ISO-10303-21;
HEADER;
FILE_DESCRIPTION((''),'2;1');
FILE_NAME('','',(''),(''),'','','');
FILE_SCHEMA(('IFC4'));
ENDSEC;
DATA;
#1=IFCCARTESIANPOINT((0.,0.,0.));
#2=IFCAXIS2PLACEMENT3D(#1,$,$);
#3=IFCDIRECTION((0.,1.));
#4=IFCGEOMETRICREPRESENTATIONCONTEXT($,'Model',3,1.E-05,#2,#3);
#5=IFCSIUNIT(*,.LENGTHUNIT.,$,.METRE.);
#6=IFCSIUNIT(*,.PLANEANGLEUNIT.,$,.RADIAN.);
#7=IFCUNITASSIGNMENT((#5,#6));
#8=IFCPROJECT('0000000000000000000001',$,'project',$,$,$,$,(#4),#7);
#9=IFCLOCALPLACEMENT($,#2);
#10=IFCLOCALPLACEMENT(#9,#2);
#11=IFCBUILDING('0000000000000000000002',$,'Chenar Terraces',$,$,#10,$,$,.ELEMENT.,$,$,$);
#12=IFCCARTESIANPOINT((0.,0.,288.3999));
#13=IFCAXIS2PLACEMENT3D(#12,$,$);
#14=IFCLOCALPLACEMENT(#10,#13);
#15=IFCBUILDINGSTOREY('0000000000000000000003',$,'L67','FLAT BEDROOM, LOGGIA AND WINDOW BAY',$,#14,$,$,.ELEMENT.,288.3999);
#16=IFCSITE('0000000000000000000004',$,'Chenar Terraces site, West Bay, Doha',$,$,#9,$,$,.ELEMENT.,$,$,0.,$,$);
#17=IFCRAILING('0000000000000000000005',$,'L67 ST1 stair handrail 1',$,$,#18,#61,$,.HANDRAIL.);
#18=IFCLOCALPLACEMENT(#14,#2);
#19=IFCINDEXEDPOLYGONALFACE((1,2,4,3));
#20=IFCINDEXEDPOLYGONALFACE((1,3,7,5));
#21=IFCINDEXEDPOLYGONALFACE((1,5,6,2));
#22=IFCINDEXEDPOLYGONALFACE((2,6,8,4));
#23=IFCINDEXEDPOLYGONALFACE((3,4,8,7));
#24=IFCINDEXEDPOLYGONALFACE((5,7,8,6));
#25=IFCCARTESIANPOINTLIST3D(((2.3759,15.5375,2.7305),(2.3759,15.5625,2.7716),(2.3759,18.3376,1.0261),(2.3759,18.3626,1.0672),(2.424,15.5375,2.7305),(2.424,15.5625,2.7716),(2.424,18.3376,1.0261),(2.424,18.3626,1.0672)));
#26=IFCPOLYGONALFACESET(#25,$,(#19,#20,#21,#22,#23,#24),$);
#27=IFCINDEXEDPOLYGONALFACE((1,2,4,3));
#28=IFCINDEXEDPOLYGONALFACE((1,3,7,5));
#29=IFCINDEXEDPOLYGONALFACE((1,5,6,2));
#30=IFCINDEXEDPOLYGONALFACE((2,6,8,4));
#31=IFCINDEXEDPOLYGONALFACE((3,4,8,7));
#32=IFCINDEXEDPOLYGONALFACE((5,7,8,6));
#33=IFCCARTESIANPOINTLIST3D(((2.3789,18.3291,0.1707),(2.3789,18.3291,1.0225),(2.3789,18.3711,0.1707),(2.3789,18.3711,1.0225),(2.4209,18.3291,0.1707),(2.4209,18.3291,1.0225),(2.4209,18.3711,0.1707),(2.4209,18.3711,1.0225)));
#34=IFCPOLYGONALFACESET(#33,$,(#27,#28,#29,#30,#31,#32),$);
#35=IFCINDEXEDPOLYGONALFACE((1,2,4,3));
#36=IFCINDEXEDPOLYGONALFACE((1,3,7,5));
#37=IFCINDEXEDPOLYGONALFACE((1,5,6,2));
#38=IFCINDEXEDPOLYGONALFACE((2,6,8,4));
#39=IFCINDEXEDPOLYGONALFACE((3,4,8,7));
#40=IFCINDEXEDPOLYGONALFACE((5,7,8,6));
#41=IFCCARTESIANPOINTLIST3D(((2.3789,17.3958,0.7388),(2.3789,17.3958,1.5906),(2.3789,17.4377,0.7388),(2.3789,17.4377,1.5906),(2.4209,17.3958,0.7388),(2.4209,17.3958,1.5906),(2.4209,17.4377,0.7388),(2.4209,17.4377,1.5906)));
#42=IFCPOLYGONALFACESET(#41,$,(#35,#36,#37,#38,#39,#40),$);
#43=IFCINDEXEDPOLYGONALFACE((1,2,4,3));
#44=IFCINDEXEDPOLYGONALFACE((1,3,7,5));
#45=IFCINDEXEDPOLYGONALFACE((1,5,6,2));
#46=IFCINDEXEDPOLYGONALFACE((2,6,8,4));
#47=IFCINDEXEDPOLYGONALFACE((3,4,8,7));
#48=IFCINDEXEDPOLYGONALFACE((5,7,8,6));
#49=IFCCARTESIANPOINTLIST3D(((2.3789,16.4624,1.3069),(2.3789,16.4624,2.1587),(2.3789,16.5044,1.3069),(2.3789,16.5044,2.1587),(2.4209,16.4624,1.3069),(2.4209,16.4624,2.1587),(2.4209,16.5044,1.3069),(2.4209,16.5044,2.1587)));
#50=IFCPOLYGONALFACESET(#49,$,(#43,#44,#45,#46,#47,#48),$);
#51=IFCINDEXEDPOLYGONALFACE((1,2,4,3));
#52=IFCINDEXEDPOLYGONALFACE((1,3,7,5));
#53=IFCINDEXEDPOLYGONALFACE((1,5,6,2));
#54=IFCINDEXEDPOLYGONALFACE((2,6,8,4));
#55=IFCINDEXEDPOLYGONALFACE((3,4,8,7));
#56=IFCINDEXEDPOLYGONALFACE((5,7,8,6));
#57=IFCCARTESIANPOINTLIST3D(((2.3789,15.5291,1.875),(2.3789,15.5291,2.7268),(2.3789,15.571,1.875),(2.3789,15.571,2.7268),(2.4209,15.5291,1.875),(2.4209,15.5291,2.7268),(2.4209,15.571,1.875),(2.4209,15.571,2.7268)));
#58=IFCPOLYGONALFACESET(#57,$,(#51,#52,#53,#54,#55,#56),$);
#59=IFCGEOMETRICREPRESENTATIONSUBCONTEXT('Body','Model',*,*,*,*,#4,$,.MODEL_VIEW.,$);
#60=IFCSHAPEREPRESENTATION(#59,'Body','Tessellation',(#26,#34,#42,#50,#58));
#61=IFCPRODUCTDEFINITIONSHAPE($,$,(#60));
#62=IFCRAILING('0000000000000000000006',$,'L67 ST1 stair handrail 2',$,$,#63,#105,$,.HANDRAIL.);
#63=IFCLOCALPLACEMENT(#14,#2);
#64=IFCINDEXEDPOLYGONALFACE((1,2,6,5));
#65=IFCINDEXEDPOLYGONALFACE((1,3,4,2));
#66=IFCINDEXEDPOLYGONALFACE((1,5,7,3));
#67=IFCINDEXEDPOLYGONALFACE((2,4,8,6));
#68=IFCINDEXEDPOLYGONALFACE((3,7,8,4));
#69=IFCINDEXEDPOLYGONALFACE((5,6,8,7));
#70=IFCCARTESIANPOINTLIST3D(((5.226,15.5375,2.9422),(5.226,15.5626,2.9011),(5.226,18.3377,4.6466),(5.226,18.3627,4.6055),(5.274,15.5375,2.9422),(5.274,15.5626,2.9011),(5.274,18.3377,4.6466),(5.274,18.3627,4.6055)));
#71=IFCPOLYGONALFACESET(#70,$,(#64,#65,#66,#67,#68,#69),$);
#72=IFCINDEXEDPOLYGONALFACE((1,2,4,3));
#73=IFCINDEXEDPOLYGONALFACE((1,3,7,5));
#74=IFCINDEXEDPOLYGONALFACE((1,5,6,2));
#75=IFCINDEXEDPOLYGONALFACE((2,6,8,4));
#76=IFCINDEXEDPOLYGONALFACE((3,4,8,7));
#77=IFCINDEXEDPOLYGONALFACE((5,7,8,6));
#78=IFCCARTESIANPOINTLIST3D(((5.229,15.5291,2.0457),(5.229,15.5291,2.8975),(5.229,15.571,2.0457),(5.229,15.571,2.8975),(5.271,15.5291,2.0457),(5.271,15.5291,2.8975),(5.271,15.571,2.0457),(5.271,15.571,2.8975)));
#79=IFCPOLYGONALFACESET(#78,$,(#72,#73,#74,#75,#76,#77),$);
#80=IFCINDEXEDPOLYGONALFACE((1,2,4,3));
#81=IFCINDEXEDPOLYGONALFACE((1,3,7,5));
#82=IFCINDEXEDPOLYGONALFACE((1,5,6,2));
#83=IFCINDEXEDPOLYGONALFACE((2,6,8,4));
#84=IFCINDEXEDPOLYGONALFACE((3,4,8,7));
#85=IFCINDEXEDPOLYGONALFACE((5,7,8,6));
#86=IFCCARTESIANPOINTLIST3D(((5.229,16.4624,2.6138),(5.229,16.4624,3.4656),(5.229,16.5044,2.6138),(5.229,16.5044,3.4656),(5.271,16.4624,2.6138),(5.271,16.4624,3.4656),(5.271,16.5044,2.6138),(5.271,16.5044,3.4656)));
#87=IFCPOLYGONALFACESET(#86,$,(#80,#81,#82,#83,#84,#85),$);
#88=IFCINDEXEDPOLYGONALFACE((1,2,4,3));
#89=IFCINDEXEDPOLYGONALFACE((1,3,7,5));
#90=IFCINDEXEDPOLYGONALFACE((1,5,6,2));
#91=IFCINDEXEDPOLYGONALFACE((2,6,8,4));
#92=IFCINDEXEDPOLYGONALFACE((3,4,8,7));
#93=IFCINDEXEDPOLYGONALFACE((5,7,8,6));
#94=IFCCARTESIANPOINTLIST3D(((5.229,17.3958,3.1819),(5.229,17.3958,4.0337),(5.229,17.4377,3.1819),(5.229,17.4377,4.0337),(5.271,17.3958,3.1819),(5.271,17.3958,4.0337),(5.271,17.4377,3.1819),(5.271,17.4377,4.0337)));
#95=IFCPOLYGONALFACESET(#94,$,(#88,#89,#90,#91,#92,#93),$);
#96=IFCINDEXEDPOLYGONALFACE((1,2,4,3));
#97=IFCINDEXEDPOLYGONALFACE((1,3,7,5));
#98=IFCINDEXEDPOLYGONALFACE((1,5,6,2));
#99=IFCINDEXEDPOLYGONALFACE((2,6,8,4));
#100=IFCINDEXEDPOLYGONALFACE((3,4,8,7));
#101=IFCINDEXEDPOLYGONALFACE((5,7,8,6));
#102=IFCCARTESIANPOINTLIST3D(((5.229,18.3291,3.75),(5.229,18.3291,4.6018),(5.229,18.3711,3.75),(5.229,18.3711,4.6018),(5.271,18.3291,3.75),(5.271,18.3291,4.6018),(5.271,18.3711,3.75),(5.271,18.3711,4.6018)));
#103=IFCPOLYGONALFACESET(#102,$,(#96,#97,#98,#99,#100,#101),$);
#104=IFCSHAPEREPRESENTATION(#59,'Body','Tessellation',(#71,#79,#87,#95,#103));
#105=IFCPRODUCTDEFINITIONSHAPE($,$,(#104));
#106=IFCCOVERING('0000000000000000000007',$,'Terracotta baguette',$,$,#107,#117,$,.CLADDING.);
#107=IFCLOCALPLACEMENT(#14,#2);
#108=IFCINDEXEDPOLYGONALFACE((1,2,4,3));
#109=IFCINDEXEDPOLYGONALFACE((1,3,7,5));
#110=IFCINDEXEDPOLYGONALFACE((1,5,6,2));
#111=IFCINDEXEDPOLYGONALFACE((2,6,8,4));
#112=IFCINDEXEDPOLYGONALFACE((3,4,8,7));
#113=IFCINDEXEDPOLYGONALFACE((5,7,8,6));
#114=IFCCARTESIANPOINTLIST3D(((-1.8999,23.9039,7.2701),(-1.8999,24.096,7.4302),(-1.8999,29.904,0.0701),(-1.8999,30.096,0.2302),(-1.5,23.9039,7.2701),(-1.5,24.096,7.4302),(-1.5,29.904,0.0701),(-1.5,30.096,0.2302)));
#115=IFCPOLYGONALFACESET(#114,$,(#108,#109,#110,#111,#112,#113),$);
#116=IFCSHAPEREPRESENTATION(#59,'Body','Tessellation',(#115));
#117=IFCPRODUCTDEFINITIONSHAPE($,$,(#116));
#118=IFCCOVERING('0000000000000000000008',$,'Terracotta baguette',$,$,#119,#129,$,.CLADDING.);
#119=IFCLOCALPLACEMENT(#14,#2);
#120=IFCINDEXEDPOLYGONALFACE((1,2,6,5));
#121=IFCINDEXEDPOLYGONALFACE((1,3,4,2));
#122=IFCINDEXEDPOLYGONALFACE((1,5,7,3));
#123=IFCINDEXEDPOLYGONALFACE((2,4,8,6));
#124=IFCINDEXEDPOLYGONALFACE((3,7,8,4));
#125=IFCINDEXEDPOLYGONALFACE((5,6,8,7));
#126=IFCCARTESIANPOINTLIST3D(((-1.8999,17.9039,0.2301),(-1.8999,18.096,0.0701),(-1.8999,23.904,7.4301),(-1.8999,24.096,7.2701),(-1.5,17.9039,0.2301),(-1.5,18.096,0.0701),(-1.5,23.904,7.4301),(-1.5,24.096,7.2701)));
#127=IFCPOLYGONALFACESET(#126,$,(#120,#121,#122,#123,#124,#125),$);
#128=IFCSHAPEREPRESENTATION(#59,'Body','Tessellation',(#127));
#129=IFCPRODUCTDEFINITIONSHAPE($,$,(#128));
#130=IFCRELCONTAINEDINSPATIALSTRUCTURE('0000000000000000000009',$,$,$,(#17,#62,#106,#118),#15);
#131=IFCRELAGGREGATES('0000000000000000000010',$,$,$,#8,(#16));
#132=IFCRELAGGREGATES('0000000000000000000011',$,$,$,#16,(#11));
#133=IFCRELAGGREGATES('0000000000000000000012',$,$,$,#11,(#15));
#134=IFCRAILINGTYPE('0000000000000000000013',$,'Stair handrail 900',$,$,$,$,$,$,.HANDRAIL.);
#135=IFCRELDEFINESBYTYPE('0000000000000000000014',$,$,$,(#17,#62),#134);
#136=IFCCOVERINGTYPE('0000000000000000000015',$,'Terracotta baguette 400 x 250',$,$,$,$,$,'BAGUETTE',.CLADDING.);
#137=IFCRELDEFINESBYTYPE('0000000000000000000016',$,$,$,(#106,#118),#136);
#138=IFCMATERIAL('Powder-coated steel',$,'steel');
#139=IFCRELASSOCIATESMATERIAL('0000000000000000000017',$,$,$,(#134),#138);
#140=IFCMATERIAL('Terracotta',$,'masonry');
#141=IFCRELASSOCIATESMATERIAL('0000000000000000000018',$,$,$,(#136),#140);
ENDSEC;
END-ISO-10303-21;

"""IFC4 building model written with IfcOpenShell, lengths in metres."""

from ifc_helpers import new_model, si_unit, direction, frame, origin, origin_2d, place, context, subcontext, project, spatial, rectangle, extrude, material, material_profile, profile_set, type_object, element, save


model = new_model("IFC4")

# Units and contexts
model_context = context("Model", 3, precision=1e-05, world=origin(), true_north=direction((0.0, 1.0)))
body_context = subcontext(model_context, "Body", "Model", "MODEL_VIEW")
ifc_project = project(units=[si_unit("LENGTHUNIT", "METRE"), si_unit("PLANEANGLEUNIT", "RADIAN")], contexts=[model_context])

# Site, building, storey
site_placement = place(None, origin())
site = spatial("IfcSite", under=ifc_project, at=site_placement, Name="Chenar Terraces site, West Bay, Doha", CompositionType="ELEMENT", RefElevation=0.0)
building_placement = place(site_placement, origin())
building = spatial("IfcBuilding", under=site, at=building_placement, Name="Chenar Terraces", CompositionType="ELEMENT")
storey_placement = place(building_placement, frame((0.0, 0.0, 288.3999)))
storey = spatial("IfcBuildingStorey", under=building, at=storey_placement, Name="L67", Description="FLAT BEDROOM, LOGGIA AND WINDOW BAY", CompositionType="ELEMENT", Elevation=288.3999)

# Railings
ifc_material_1 = material(Name="Powder-coated steel", Category="steel")
railing_type_1 = type_object("IfcRailingType", Name="Stair handrail 900", PredefinedType="HANDRAIL", material=ifc_material_1)
railing_1_placement = place(storey_placement, frame((2.3999, 18.3501, 0.1707)))
element("IfcRailing", 1, at=railing_1_placement, inside=storey, type_object=railing_type_1, Name="L67 ST1 stair handrail 1", PredefinedType="HANDRAIL", context=body_context, shape_type="SweptSolid", body=[
    extrude(rectangle(XDim=0.0481, YDim=0.0481, at=origin_2d()), frame((0.0, 0.0, 0.876), z_axis=(0.0, -0.854203, 0.51994), x_axis=(1.0, 0.0, 0.0)), (0.0, 0.0, 1.0), 3.2781),
    extrude(rectangle(XDim=0.042, YDim=0.042, at=origin_2d()), origin(), (0.0, 0.0, 1.0), 0.8518),
    extrude(rectangle(XDim=0.042, YDim=0.042, at=origin_2d()), frame((0.0, -0.9333, 0.5681)), (0.0, 0.0, 1.0), 0.8518),
    extrude(rectangle(XDim=0.042, YDim=0.042, at=origin_2d()), frame((0.0, -1.8667, 1.1362)), (0.0, 0.0, 1.0), 0.8518),
    extrude(rectangle(XDim=0.042, YDim=0.042, at=origin_2d()), frame((0.0, -2.8, 1.7043)), (0.0, 0.0, 1.0), 0.8518),
])
railing_2_placement = place(storey_placement, frame((5.25, 15.55, 2.0457)))
element("IfcRailing", 2, at=railing_2_placement, inside=storey, type_object=railing_type_1, Name="L67 ST1 stair handrail 2", PredefinedType="HANDRAIL", context=body_context, shape_type="SweptSolid", body=[
    extrude(rectangle(XDim=0.0481, YDim=0.0481, at=origin_2d()), frame((0.0, 0.0, 0.876), z_axis=(0.0, 0.854203, 0.51994), x_axis=(-1.0, 0.0, 0.0)), (0.0, 0.0, 1.0), 3.2781),
    extrude(rectangle(XDim=0.042, YDim=0.042, at=origin_2d()), origin(), (0.0, 0.0, 1.0), 0.8518),
    extrude(rectangle(XDim=0.042, YDim=0.042, at=origin_2d()), frame((0.0, 0.9333, 0.5681)), (0.0, 0.0, 1.0), 0.8518),
    extrude(rectangle(XDim=0.042, YDim=0.042, at=origin_2d()), frame((0.0, 1.8667, 1.1362)), (0.0, 0.0, 1.0), 0.8518),
    extrude(rectangle(XDim=0.042, YDim=0.042, at=origin_2d()), frame((0.0, 2.8, 1.7043)), (0.0, 0.0, 1.0), 0.8518),
])

# Coverings
ifc_material_2 = material(Name="Terracotta", Category="masonry")
ifc_material_profile_1 = material_profile(ifc_material_2, rectangle(XDim=0.3999, YDim=0.25, at=origin_2d()), Name="Terracotta baguette 400 x 250")
ifc_profile_set_1 = profile_set([ifc_material_profile_1], Name="Terracotta")
covering_type = type_object("IfcCoveringType", Name="Terracotta baguette 400 x 250", ElementType="BAGUETTE", PredefinedType="CLADDING", material=ifc_profile_set_1)
for number, where, z_axis, x_axis, name in (
    (3, (-1.7, 30.0, 0.1501), (0.0, -0.640187, 0.768219), (1.0, 0.0, 0.0), "Terracotta baguette"),
    (4, (-1.7, 24.0, 7.3501), (0.0, -0.640187, -0.768219), (1.0, 0.0, 0.0), "Terracotta baguette"),
):
    element("IfcCovering", number, at=place(storey_placement, frame(where, z_axis=z_axis, x_axis=x_axis)), inside=storey, type_object=covering_type, Name=name, PredefinedType="CLADDING", context=body_context, shape_type="SweptSolid", body=[
        extrude(rectangle(XDim=0.3999, YDim=0.25, at=origin_2d()), origin(), (0.0, 0.0, 1.0), 9.3723),
    ])

save(model, "model.ifc")
